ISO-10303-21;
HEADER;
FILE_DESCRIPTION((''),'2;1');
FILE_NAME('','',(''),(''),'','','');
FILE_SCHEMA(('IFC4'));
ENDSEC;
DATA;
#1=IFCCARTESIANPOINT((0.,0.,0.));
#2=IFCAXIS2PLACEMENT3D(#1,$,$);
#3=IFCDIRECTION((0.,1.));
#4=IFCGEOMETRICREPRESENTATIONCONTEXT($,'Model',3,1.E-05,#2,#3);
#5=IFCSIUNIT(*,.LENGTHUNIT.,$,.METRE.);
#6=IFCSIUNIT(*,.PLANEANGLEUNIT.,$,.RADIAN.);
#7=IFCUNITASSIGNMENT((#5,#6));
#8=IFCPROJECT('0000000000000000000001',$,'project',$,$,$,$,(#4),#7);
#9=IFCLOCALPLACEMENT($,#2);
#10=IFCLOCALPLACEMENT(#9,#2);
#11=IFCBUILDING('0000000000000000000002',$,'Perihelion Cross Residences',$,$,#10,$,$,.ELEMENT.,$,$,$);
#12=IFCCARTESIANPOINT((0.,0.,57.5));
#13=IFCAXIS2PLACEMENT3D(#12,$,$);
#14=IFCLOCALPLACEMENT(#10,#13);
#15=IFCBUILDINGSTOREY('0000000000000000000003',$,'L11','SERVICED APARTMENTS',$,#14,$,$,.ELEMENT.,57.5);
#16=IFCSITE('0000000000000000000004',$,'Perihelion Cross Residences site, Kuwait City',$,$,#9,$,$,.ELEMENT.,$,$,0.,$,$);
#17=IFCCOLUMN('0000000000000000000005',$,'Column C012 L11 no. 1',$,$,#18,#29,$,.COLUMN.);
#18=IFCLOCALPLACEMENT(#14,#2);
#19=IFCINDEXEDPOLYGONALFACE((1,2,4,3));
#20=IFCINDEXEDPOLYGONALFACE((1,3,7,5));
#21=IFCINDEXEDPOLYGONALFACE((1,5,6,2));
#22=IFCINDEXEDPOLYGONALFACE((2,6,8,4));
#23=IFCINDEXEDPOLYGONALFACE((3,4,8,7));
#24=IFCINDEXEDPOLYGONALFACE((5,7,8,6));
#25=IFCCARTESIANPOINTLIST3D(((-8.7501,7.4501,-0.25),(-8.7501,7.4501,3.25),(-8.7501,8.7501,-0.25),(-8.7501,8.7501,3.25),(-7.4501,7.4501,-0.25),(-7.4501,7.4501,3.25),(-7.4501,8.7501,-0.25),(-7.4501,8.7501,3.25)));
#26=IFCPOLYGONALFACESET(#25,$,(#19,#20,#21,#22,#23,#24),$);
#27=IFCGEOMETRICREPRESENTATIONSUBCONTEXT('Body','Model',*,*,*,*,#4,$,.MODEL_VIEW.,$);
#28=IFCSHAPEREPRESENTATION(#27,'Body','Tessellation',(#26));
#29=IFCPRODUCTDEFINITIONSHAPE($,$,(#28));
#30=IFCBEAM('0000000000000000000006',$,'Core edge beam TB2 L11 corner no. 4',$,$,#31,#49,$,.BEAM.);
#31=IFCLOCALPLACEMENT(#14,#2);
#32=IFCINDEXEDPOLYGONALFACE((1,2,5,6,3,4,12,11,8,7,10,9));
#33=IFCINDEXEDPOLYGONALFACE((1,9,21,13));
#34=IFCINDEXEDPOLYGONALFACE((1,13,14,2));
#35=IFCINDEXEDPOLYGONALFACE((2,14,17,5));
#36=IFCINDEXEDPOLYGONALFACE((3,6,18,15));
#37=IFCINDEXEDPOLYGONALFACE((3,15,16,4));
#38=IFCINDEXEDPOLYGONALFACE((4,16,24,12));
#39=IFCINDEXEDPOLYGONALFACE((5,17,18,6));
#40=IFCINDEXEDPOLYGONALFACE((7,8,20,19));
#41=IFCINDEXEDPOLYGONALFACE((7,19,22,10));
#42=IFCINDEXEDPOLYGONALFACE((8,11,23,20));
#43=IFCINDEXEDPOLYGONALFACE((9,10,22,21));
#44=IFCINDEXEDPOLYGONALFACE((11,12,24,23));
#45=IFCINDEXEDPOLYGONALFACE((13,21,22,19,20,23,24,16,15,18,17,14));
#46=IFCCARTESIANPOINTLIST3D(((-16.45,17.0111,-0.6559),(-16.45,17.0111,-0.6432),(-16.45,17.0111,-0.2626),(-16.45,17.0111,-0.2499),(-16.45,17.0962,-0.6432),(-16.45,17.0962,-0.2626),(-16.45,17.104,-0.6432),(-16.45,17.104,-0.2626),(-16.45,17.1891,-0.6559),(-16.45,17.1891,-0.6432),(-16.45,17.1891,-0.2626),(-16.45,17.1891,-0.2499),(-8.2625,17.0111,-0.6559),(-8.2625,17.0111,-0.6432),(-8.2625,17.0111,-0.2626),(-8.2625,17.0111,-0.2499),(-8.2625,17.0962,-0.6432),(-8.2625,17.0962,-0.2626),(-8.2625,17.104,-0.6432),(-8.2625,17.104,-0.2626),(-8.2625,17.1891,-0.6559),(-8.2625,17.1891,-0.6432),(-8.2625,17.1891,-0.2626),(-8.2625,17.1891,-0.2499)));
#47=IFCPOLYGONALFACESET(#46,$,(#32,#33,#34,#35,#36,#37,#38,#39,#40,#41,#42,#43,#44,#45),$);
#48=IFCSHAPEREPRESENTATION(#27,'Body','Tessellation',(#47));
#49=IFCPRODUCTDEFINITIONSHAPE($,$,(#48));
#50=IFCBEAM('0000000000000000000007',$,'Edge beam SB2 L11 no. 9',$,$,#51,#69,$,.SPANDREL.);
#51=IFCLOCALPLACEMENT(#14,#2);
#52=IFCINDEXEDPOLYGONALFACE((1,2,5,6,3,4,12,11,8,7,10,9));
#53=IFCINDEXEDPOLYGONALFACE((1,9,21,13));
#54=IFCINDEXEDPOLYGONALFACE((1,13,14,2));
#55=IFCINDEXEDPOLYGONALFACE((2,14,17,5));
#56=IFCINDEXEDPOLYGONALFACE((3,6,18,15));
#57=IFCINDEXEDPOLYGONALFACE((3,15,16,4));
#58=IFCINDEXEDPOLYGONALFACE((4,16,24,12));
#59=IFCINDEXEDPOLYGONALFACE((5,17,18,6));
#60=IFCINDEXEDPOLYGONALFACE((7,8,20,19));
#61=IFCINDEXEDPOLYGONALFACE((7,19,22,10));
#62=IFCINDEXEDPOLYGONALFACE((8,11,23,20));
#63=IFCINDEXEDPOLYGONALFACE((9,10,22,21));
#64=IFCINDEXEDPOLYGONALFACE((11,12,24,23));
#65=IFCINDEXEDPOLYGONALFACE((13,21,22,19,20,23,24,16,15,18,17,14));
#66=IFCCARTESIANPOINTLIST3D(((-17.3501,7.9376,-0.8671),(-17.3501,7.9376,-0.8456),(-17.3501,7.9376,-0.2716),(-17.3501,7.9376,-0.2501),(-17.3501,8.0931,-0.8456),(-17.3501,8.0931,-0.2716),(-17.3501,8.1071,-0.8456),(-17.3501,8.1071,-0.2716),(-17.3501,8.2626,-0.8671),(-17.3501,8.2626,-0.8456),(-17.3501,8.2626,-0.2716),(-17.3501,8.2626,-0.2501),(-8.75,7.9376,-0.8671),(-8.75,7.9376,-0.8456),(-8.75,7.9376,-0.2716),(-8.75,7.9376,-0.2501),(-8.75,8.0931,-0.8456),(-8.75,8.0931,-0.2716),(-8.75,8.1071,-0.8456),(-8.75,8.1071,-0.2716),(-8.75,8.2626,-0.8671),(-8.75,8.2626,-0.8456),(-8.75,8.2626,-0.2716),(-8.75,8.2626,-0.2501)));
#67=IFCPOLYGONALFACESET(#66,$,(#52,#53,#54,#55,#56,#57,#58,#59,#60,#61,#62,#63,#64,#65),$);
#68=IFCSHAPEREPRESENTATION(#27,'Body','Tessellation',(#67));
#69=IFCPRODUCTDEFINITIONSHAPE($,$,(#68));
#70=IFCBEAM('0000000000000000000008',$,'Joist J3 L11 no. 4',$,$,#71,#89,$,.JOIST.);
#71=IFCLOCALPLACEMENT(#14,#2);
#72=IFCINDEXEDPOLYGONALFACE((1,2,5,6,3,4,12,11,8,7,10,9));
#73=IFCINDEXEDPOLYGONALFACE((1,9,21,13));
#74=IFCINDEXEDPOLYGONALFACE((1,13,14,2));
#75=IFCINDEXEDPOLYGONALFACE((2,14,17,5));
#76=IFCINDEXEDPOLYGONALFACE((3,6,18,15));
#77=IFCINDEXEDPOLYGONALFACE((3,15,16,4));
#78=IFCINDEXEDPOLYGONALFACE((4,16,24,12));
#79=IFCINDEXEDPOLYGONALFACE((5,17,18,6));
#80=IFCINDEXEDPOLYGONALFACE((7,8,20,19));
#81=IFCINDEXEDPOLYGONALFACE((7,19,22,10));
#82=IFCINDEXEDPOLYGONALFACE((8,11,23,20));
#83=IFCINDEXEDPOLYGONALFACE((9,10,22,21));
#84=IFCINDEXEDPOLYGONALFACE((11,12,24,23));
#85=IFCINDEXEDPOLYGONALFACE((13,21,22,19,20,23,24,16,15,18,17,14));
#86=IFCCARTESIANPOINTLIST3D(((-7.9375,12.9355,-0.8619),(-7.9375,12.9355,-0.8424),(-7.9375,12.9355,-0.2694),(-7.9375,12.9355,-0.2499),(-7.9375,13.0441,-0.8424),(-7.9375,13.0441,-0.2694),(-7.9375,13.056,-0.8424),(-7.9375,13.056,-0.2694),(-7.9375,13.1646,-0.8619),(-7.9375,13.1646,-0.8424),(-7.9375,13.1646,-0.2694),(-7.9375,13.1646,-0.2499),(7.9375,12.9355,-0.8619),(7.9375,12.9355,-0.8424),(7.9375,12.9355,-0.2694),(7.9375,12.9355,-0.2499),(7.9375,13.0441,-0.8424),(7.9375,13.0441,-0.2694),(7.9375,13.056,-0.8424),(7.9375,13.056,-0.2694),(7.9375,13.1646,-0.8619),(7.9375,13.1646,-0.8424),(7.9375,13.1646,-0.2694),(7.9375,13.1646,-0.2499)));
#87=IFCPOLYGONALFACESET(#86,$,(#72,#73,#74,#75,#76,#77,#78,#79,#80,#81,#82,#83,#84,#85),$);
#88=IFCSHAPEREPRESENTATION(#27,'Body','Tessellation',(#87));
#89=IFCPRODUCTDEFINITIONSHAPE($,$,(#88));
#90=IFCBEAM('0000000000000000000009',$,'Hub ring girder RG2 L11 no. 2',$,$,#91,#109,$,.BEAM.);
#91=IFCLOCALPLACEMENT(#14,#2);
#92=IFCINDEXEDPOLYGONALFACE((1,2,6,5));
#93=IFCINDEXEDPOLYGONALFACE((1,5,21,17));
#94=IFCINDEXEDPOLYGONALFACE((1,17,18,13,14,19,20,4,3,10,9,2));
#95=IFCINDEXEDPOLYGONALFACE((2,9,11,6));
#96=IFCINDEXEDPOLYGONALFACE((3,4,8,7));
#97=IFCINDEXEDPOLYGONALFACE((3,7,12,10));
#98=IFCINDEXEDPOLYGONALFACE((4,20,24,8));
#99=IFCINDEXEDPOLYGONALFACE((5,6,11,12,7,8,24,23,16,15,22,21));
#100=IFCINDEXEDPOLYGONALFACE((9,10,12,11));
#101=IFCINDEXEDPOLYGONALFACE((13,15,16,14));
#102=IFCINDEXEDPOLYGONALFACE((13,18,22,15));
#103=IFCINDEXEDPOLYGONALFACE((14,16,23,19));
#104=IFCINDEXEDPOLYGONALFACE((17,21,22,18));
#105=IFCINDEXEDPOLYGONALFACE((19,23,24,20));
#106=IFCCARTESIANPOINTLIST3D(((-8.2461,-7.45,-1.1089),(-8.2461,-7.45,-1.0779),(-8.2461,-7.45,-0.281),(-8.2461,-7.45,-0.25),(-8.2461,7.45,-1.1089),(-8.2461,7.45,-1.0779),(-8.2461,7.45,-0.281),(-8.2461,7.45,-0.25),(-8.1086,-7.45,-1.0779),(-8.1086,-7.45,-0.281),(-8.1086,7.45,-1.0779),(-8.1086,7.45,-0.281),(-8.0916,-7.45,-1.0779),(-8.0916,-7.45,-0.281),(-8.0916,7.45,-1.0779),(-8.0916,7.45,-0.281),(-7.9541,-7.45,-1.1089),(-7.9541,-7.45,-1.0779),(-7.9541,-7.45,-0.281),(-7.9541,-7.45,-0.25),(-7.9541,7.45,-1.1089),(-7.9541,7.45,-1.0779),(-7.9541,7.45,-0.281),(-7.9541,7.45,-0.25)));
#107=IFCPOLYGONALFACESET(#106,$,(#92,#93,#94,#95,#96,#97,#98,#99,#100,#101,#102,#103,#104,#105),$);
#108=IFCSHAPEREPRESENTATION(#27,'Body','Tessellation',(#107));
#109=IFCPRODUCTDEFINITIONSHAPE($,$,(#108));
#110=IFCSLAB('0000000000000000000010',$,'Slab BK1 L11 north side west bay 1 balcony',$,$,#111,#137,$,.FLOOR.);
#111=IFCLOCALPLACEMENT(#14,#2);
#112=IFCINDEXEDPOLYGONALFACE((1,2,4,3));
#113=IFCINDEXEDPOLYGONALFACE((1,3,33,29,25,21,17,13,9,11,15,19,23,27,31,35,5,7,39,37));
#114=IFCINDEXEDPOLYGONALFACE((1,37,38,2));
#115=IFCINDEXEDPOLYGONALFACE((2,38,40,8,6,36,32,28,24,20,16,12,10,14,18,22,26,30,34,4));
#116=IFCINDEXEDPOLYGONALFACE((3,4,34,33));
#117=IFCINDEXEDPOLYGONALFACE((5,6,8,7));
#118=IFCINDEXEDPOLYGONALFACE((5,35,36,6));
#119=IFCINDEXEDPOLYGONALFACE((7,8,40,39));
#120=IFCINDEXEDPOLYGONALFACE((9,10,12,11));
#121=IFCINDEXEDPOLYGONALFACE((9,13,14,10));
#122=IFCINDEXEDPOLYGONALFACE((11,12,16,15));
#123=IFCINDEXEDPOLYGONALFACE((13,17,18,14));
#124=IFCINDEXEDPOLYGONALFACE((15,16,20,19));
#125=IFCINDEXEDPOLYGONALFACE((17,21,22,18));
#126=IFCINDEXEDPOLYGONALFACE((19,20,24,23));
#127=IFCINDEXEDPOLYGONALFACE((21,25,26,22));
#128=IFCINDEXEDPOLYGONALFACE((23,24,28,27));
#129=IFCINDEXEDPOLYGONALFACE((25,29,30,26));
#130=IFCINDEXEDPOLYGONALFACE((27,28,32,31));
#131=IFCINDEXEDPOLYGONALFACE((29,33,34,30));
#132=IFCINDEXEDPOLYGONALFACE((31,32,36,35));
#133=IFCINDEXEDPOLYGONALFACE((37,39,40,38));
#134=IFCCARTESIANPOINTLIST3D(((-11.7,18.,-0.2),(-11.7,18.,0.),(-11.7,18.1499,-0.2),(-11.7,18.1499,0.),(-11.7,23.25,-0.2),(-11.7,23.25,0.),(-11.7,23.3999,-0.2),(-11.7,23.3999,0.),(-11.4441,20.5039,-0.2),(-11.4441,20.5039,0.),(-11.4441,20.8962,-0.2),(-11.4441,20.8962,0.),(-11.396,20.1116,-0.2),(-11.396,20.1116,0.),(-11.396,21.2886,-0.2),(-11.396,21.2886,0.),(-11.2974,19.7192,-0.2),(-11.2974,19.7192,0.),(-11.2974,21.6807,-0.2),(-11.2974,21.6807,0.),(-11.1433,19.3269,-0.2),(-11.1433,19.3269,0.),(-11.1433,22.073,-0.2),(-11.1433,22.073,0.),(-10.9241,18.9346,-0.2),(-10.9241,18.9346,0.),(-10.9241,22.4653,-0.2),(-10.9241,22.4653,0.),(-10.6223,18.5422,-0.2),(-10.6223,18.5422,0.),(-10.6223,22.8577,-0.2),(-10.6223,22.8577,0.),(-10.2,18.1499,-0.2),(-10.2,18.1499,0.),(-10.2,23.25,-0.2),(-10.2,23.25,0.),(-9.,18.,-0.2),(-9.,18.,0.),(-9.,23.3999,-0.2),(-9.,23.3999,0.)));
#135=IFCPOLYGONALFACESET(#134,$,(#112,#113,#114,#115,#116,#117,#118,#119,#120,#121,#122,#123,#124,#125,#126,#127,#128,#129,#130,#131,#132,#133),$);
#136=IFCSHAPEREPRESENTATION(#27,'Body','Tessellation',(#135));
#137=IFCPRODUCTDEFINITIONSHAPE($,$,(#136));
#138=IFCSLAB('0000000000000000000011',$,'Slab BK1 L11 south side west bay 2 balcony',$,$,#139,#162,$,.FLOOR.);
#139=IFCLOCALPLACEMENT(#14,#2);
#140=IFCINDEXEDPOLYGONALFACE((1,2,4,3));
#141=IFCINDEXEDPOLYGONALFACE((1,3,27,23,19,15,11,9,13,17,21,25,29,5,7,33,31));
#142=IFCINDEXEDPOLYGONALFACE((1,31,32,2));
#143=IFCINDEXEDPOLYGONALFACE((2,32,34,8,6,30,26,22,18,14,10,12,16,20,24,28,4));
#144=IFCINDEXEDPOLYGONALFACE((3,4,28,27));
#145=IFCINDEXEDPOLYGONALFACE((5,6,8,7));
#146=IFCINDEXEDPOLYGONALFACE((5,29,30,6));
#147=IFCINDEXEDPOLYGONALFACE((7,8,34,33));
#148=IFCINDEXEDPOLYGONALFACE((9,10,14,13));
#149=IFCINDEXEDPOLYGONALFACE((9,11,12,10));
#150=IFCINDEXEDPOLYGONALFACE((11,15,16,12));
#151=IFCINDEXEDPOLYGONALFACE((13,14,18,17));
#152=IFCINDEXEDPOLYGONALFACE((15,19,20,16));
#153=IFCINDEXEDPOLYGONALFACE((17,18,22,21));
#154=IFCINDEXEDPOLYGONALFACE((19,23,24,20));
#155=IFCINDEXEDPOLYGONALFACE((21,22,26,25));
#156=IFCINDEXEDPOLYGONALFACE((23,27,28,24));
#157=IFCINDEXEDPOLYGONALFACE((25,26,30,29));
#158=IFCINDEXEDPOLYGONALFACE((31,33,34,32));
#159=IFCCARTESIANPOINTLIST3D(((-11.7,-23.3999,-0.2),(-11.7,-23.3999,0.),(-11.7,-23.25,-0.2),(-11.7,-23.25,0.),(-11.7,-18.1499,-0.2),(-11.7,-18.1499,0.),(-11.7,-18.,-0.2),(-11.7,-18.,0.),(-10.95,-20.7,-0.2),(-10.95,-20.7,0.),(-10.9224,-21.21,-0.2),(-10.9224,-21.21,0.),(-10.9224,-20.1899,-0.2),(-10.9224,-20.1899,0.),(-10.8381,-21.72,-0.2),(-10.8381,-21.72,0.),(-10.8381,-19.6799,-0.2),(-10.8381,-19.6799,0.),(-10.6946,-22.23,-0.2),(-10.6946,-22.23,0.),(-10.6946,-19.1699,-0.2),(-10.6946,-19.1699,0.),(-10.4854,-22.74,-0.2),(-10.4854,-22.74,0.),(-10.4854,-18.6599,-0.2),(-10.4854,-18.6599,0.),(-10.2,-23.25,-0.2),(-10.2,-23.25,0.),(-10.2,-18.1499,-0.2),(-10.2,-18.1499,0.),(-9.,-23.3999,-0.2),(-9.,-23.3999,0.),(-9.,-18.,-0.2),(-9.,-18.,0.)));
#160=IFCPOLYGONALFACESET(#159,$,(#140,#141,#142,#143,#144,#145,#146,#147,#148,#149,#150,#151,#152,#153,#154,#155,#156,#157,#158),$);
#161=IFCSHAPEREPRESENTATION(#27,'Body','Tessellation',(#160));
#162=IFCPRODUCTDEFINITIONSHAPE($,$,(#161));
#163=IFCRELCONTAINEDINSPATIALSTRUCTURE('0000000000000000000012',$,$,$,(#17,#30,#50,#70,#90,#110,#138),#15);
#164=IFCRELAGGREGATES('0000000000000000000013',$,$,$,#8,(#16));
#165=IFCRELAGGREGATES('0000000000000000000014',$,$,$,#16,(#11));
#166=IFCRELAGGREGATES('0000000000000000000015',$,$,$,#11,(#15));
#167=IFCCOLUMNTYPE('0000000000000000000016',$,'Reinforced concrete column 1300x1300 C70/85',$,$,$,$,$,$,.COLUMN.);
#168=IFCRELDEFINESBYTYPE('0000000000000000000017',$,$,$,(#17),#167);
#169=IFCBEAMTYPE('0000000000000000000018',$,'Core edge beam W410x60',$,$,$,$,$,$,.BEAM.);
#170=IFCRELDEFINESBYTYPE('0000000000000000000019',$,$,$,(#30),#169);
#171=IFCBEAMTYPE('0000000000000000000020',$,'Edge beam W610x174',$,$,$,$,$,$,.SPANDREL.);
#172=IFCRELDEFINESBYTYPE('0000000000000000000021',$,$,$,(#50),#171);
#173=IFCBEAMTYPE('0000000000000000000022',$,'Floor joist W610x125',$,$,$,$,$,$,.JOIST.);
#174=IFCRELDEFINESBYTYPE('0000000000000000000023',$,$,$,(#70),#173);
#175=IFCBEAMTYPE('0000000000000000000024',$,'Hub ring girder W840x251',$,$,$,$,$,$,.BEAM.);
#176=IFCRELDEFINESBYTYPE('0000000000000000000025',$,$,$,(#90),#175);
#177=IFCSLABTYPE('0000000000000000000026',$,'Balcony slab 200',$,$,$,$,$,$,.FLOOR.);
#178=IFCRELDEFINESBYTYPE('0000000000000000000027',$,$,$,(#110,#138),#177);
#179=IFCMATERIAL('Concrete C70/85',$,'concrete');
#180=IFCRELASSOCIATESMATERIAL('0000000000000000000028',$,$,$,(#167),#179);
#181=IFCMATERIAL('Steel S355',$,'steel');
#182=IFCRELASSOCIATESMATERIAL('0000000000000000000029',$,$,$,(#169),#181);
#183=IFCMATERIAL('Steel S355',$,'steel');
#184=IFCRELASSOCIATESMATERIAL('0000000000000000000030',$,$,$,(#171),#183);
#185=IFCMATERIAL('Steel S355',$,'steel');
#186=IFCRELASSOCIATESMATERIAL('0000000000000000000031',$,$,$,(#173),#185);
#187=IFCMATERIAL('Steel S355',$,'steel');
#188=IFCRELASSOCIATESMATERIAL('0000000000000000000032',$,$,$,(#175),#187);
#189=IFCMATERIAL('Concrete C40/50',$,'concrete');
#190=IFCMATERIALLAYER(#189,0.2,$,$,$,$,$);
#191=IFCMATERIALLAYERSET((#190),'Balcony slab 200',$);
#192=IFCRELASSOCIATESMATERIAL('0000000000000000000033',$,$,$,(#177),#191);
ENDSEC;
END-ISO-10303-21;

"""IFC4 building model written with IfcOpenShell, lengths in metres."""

from ifc_helpers import new_model, si_unit, direction, frame, origin, origin_2d, place, context, subcontext, project, spatial, polyline, rectangle, i_section, outline, extrude, material, layer, layer_set, material_profile, profile_set, type_object, element, save


model = new_model("IFC4")

# Units and contexts
model_context = context("Model", 3, precision=1e-05, world=origin(), true_north=direction((0.0, 1.0)))
body_context = subcontext(model_context, "Body", "Model", "MODEL_VIEW")
ifc_project = project(units=[si_unit("LENGTHUNIT", "METRE"), si_unit("PLANEANGLEUNIT", "RADIAN")], contexts=[model_context])

# Site, building, storey
site_placement = place(None, origin())
site = spatial("IfcSite", under=ifc_project, at=site_placement, Name="Perihelion Cross Residences site, Kuwait City", CompositionType="ELEMENT", RefElevation=0.0)
building_placement = place(site_placement, origin())
building = spatial("IfcBuilding", under=site, at=building_placement, Name="Perihelion Cross Residences", CompositionType="ELEMENT")
storey_placement = place(building_placement, frame((0.0, 0.0, 57.5)))
storey = spatial("IfcBuildingStorey", under=building, at=storey_placement, Name="L11", Description="SERVICED APARTMENTS", CompositionType="ELEMENT", Elevation=57.5)

# Column
ifc_material_1 = material(Name="Concrete C70/85", Category="concrete")
ifc_material_profile_1 = material_profile(ifc_material_1, rectangle(XDim=1.3, YDim=1.3, at=origin_2d()), Name="RC 1300x1300")
ifc_profile_set_1 = profile_set([ifc_material_profile_1], Name="Concrete C70/85")
column_type = type_object("IfcColumnType", Name="Reinforced concrete column 1300x1300 C70/85", PredefinedType="COLUMN", material=ifc_profile_set_1)
column_placement = place(storey_placement, frame((-8.1001, 8.1001, -0.25), z_axis=(0.0, 0.0, 1.0), x_axis=(1.0, 0.0, 0.0)))
element("IfcColumn", 1, at=column_placement, inside=storey, type_object=column_type, Name="Column C012 L11 no. 1", PredefinedType="COLUMN", context=body_context, shape_type="SweptSolid", body=[
    extrude(rectangle(XDim=1.3, YDim=1.3, at=origin_2d()), origin(), (0.0, 0.0, 1.0), 3.5),
])

# Beams
ifc_material_2 = material(Name="Steel S355", Category="steel")
ifc_material_profile_2 = material_profile(ifc_material_2, i_section(OverallWidth=0.178, OverallDepth=0.406, WebThickness=0.0078, FlangeThickness=0.0127, at=origin_2d()), Name="W410x60")
ifc_profile_set_2 = profile_set([ifc_material_profile_2], Name="Steel S355")
beam_type_1 = type_object("IfcBeamType", Name="Core edge beam W410x60", PredefinedType="BEAM", material=ifc_profile_set_2)
beam_1_placement = place(storey_placement, frame((-8.2625, 17.1001, -0.4529), z_axis=(-1.0, 0.0, 0.0), x_axis=(0.0, -1.0, 0.0)))
element("IfcBeam", 2, at=beam_1_placement, inside=storey, type_object=beam_type_1, Name="Core edge beam TB2 L11 corner no. 4", PredefinedType="BEAM", context=body_context, shape_type="SweptSolid", body=[
    extrude(i_section(OverallWidth=0.178, OverallDepth=0.406, WebThickness=0.0078, FlangeThickness=0.0127, at=origin_2d()), origin(), (0.0, 0.0, 1.0), 8.1875),
])
ifc_material_3 = material(Name="Steel S355", Category="steel")
ifc_material_profile_3 = material_profile(ifc_material_3, i_section(OverallWidth=0.325, OverallDepth=0.6169, WebThickness=0.0139, FlangeThickness=0.0215, at=origin_2d()), Name="W610x174")
ifc_profile_set_3 = profile_set([ifc_material_profile_3], Name="Steel S355")
beam_type_2 = type_object("IfcBeamType", Name="Edge beam W610x174", PredefinedType="SPANDREL", material=ifc_profile_set_3)
beam_2_placement = place(storey_placement, frame((-8.75, 8.1001, -0.5586), z_axis=(-1.0, 0.0, 0.0), x_axis=(0.0, -1.0, 0.0)))
element("IfcBeam", 3, at=beam_2_placement, inside=storey, type_object=beam_type_2, Name="Edge beam SB2 L11 no. 9", PredefinedType="SPANDREL", context=body_context, shape_type="SweptSolid", body=[
    extrude(i_section(OverallWidth=0.325, OverallDepth=0.6169, WebThickness=0.0139, FlangeThickness=0.0215, at=origin_2d()), origin(), (0.0, 0.0, 1.0), 8.6001),
])
ifc_material_4 = material(Name="Steel S355", Category="steel")
ifc_material_profile_4 = material_profile(ifc_material_4, i_section(OverallWidth=0.229, OverallDepth=0.6121, WebThickness=0.012, FlangeThickness=0.0195, at=origin_2d()), Name="W610x125")
ifc_profile_set_4 = profile_set([ifc_material_profile_4], Name="Steel S355")
beam_type_3 = type_object("IfcBeamType", Name="Floor joist W610x125", PredefinedType="JOIST", material=ifc_profile_set_4)
beam_3_placement = place(storey_placement, frame((-7.9375, 13.05, -0.5559), z_axis=(1.0, 0.0, 0.0), x_axis=(0.0, 1.0, 0.0)))
element("IfcBeam", 4, at=beam_3_placement, inside=storey, type_object=beam_type_3, Name="Joist J3 L11 no. 4", PredefinedType="JOIST", context=body_context, shape_type="SweptSolid", body=[
    extrude(i_section(OverallWidth=0.229, OverallDepth=0.6121, WebThickness=0.012, FlangeThickness=0.0195, at=origin_2d()), origin(), (0.0, 0.0, 1.0), 15.875),
])
ifc_material_5 = material(Name="Steel S355", Category="steel")
ifc_material_profile_5 = material_profile(ifc_material_5, i_section(OverallWidth=0.292, OverallDepth=0.8589, WebThickness=0.0171, FlangeThickness=0.031, at=origin_2d()), Name="W840x251")
ifc_profile_set_5 = profile_set([ifc_material_profile_5], Name="Steel S355")
beam_type_4 = type_object("IfcBeamType", Name="Hub ring girder W840x251", PredefinedType="BEAM", material=ifc_profile_set_5)
beam_4_placement = place(storey_placement, frame((-8.1001, 7.45, -0.6794), z_axis=(0.0, -1.0, 0.0), x_axis=(1.0, 0.0, 0.0)))
element("IfcBeam", 5, at=beam_4_placement, inside=storey, type_object=beam_type_4, Name="Hub ring girder RG2 L11 no. 2", PredefinedType="BEAM", context=body_context, shape_type="SweptSolid", body=[
    extrude(i_section(OverallWidth=0.292, OverallDepth=0.8589, WebThickness=0.0171, FlangeThickness=0.031, at=origin_2d()), origin(), (0.0, 0.0, 1.0), 14.8999),
])

# Slabs
ifc_material_6 = material(Name="Concrete C40/50", Category="concrete")
ifc_layer_1 = layer(ifc_material_6, 0.2)
ifc_layer_set_1 = layer_set([ifc_layer_1], Name="Balcony slab 200")
slab_type_1 = type_object("IfcSlabType", Name="Balcony slab 200", PredefinedType="FLOOR", material=ifc_layer_set_1)
slab_1_placement = place(storey_placement, frame((0.0, 0.0, -0.2)))
element("IfcSlab", 6, at=slab_1_placement, inside=storey, type_object=slab_type_1, Name="Slab BK1 L11 north side west bay 1 balcony", PredefinedType="FLOOR", context=body_context, shape_type="SweptSolid", body=[
    extrude(outline(polyline([(-9.0, 23.3999), (-9.0, 18.0), (-11.7, 18.0), (-11.7, 18.1499), (-10.2, 18.1499), (-10.6223, 18.5422), (-10.9241, 18.9346), (-11.1433, 19.3269), (-11.2974, 19.7192), (-11.396, 20.1116), (-11.4441, 20.5039), (-11.4441, 20.8962), (-11.396, 21.2886), (-11.2974, 21.6807), (-11.1433, 22.073), (-10.9241, 22.4653), (-10.6223, 22.8577), (-10.2, 23.25), (-11.7, 23.25), (-11.7, 23.3999), (-9.0, 23.3999)])), origin(), (0.0, 0.0, 1.0), 0.2),
])
slab_2_placement = place(storey_placement, frame((0.0, 0.0, -0.2)))
element("IfcSlab", 7, at=slab_2_placement, inside=storey, type_object=slab_type_1, Name="Slab BK1 L11 south side west bay 2 balcony", PredefinedType="FLOOR", context=body_context, shape_type="SweptSolid", body=[
    extrude(outline(polyline([(-9.0, -18.0), (-9.0, -23.3999), (-11.7, -23.3999), (-11.7, -23.25), (-10.2, -23.25), (-10.4854, -22.74), (-10.6946, -22.23), (-10.8381, -21.72), (-10.9224, -21.21), (-10.95, -20.7), (-10.9224, -20.1899), (-10.8381, -19.6799), (-10.6946, -19.1699), (-10.4854, -18.6599), (-10.2, -18.1499), (-11.7, -18.1499), (-11.7, -18.0), (-9.0, -18.0)])), origin(), (0.0, 0.0, 1.0), 0.2),
])

save(model, "model.ifc")
